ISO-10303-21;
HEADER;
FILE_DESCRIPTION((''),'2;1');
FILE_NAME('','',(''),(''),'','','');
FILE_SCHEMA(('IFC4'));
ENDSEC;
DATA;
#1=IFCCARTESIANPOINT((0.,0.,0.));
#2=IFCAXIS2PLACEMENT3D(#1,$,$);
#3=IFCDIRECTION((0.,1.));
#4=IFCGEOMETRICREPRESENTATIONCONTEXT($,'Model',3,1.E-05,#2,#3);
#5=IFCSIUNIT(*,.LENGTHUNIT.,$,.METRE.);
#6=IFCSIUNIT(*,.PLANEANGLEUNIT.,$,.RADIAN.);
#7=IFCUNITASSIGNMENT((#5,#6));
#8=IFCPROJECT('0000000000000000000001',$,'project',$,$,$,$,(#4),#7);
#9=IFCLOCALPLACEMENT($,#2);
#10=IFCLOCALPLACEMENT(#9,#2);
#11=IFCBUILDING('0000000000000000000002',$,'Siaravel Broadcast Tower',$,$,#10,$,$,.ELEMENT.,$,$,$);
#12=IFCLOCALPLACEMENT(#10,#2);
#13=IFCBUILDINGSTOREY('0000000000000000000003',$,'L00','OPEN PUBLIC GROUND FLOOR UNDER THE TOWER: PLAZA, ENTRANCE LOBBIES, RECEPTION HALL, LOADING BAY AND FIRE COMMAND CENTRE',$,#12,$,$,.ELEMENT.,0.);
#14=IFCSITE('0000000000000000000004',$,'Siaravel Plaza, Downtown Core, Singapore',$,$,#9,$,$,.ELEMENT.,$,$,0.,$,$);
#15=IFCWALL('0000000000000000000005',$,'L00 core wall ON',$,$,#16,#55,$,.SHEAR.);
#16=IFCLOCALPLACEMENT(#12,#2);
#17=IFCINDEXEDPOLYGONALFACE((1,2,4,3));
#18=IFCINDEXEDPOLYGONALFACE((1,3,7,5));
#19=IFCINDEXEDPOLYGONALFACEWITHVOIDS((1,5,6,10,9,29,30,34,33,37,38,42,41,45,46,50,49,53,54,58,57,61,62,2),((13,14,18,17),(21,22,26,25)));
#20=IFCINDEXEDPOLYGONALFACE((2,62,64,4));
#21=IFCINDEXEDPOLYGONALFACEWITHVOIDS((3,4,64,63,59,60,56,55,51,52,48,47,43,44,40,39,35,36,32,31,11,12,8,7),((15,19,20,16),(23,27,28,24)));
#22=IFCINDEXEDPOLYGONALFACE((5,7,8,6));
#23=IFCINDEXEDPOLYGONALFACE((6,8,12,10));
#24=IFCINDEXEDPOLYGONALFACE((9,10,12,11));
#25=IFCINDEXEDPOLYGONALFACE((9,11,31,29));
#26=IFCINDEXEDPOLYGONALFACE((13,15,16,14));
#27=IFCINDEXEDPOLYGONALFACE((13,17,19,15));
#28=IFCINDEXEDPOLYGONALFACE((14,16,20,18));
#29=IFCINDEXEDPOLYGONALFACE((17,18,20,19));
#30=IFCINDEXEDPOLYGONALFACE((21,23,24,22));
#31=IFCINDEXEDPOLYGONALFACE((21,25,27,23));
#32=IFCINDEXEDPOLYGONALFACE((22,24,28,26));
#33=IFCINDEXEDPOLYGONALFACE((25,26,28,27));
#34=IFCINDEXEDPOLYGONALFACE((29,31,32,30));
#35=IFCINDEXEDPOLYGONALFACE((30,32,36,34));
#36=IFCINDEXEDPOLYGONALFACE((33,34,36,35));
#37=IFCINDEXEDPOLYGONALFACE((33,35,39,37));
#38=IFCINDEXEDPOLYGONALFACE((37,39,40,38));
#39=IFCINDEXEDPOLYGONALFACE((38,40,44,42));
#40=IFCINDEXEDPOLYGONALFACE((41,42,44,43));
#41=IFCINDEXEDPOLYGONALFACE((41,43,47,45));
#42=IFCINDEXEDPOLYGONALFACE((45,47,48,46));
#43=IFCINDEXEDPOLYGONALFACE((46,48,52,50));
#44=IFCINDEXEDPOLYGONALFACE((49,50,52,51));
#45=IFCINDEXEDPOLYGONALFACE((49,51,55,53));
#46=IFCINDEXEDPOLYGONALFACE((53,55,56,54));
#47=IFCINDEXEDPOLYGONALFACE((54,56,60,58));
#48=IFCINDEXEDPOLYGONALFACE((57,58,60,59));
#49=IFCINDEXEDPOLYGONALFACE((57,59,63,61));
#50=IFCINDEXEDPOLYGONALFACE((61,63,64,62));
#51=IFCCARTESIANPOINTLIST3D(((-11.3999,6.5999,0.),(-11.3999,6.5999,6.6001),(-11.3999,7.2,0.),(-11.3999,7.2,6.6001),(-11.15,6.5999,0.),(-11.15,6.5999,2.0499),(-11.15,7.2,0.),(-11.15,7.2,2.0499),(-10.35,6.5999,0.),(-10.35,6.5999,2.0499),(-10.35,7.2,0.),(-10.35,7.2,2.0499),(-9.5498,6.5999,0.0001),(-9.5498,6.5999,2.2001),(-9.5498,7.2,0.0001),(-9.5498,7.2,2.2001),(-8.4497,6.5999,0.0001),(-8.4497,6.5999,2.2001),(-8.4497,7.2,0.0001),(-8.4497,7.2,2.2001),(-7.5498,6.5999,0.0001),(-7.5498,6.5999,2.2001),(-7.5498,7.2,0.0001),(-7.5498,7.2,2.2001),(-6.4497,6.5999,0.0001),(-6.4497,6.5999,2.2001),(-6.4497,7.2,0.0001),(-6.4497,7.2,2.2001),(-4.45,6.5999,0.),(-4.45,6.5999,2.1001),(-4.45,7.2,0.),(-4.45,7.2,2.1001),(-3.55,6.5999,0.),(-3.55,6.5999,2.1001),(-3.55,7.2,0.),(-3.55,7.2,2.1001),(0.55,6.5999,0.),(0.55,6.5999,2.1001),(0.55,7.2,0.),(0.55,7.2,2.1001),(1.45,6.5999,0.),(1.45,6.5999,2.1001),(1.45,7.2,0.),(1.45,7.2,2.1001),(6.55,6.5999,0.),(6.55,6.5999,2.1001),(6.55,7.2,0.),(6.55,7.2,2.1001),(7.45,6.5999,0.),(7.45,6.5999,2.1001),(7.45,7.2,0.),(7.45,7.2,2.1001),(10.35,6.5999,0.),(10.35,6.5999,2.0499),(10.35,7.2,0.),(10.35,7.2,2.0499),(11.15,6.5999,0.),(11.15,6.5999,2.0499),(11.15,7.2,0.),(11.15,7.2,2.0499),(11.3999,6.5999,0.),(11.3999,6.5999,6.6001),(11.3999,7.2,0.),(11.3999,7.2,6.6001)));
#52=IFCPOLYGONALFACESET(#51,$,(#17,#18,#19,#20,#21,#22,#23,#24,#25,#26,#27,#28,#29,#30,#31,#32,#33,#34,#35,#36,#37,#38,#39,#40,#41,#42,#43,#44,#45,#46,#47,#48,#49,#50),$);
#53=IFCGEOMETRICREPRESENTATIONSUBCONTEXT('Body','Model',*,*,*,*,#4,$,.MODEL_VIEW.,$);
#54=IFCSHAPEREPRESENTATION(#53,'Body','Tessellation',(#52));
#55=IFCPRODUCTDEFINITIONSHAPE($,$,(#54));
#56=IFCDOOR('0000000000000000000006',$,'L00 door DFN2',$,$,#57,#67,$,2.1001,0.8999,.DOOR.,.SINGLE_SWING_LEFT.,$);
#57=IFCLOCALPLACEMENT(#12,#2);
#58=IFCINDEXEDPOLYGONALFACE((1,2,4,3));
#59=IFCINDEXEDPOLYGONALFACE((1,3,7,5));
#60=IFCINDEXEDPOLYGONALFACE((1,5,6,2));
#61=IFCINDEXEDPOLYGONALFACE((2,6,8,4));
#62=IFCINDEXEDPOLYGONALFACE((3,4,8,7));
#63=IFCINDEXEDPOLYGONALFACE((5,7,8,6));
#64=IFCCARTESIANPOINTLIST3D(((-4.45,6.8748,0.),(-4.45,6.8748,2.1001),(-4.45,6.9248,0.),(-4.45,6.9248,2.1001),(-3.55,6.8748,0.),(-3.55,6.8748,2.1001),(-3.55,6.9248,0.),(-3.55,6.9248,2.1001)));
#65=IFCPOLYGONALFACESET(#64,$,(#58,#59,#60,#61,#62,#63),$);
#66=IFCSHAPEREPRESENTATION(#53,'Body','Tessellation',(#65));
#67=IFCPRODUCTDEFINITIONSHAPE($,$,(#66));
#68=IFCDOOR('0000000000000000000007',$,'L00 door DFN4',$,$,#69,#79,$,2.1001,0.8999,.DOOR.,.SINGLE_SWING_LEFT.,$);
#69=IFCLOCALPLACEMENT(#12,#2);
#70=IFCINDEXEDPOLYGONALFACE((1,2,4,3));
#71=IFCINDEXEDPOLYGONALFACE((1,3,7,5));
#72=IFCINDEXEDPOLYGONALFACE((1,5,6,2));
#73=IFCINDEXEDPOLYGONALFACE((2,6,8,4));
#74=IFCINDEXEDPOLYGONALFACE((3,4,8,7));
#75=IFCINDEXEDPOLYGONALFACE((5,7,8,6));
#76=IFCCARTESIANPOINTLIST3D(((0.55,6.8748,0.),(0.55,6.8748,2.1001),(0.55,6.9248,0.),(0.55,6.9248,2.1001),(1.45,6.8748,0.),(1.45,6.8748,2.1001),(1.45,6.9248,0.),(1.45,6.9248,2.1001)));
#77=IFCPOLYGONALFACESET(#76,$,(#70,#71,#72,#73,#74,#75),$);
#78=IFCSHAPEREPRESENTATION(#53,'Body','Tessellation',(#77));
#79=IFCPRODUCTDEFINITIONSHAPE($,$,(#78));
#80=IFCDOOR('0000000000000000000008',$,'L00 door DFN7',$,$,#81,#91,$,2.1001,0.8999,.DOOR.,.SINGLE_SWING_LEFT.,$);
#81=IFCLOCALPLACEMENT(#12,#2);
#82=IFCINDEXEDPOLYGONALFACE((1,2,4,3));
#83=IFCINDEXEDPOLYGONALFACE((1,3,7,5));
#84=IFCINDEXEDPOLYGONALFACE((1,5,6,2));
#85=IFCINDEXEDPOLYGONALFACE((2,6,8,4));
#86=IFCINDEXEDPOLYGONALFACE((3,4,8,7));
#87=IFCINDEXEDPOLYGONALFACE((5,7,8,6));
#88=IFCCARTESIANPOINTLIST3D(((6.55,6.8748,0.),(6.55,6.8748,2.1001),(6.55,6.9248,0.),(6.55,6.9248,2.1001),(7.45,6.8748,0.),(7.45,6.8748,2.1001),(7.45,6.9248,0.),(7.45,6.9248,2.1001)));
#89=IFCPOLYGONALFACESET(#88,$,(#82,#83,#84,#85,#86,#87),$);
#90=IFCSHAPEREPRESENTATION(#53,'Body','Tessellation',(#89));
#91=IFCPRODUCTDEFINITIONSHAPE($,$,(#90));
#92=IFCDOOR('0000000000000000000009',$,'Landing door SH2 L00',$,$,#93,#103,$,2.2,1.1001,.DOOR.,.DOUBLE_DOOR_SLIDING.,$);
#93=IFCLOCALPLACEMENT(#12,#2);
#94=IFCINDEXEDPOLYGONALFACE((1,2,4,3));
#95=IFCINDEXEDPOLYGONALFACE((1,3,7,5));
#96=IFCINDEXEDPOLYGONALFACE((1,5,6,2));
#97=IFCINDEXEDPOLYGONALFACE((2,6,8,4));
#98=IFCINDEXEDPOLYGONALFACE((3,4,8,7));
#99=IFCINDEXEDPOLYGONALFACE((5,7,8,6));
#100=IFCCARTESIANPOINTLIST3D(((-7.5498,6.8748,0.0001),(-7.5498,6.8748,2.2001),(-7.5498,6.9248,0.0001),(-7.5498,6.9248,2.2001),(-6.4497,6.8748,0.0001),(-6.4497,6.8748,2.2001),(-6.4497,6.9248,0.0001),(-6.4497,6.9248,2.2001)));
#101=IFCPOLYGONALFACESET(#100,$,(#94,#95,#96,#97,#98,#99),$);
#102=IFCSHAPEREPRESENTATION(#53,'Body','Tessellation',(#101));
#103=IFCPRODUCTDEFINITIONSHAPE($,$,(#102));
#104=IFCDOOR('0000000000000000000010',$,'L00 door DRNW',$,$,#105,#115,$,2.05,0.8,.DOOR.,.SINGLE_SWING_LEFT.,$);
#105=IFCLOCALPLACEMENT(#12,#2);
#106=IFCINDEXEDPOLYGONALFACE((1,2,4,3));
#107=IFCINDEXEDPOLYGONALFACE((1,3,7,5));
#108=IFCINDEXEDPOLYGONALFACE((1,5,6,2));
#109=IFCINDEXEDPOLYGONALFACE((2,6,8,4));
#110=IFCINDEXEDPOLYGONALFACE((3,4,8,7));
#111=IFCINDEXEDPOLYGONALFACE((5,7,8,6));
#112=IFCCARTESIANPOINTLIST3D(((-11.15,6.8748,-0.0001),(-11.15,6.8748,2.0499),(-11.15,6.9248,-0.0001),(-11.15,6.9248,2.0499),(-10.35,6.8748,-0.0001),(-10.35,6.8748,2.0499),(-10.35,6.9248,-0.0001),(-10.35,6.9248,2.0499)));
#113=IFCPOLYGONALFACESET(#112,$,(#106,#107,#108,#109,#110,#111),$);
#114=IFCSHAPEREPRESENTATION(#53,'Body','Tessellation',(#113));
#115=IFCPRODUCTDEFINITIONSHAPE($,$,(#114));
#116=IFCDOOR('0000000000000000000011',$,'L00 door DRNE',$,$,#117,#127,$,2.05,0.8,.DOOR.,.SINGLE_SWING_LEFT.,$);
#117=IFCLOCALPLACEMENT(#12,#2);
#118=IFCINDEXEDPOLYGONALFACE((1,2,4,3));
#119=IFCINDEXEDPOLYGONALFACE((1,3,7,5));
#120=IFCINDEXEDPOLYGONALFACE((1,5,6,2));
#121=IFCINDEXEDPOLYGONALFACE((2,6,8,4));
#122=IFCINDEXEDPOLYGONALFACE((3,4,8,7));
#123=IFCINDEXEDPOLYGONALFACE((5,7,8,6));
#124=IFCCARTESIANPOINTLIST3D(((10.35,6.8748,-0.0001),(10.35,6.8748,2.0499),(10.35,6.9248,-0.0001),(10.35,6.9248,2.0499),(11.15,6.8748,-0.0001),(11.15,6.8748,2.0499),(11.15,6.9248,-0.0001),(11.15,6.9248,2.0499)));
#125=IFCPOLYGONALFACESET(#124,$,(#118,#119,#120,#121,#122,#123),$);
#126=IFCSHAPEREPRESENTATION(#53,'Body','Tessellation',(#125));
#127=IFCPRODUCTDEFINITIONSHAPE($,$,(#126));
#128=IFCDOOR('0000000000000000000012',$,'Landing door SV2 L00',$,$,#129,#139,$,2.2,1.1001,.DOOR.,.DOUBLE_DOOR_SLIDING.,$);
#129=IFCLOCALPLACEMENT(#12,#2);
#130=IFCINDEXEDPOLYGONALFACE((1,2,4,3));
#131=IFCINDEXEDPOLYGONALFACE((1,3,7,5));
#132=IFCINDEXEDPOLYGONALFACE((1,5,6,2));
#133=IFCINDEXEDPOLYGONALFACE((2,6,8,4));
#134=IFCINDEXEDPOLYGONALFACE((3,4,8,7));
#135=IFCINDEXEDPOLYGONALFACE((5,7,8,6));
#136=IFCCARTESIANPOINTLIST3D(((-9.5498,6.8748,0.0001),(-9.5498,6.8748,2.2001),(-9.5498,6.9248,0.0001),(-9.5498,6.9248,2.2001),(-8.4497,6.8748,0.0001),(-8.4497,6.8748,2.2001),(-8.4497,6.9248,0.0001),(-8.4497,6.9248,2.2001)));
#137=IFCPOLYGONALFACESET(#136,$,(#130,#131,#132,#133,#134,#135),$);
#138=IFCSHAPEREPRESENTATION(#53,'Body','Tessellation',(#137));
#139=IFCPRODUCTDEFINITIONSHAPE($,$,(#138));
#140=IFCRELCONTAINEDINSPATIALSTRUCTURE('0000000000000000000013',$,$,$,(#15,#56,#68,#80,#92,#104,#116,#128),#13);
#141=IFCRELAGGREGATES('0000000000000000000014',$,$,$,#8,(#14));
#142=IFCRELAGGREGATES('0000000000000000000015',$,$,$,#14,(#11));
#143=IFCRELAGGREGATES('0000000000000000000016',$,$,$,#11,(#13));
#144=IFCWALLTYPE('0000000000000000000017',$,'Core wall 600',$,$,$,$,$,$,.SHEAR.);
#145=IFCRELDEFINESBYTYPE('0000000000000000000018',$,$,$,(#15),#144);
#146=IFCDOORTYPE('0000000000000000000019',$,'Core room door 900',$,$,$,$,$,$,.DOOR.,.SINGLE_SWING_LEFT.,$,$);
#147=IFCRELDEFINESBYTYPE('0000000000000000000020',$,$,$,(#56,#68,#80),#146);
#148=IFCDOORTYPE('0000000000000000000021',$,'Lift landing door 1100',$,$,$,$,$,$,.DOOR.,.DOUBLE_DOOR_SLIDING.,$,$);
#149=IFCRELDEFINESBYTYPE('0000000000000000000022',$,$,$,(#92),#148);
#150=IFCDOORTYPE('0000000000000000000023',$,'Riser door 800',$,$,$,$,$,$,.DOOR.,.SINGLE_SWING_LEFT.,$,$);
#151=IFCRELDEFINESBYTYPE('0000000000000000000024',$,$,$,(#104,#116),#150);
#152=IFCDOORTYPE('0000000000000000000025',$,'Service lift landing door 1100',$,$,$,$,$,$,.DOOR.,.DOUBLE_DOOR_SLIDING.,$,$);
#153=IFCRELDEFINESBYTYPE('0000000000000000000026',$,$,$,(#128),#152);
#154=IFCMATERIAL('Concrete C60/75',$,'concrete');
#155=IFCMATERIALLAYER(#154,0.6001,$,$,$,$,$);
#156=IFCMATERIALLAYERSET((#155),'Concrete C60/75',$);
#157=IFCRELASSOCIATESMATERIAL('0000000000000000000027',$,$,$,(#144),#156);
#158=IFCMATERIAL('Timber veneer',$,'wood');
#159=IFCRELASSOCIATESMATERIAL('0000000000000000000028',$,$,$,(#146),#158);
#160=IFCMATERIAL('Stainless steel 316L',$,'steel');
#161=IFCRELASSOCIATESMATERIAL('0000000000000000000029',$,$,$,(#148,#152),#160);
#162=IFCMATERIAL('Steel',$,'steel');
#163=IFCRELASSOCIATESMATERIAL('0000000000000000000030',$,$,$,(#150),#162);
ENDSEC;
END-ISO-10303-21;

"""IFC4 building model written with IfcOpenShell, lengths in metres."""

from ifc_helpers import new_model, si_unit, direction, frame, frame_2d, origin, place, context, subcontext, project, spatial, rectangle, extrude, material, layer, layer_set, type_object, element, fill, save


model = new_model("IFC4")

# Units and contexts
model_context = context("Model", 3, precision=1e-05, world=origin(), true_north=direction((0.0, 1.0)))
body_context = subcontext(model_context, "Body", "Model", "MODEL_VIEW")
ifc_project = project(units=[si_unit("LENGTHUNIT", "METRE"), si_unit("PLANEANGLEUNIT", "RADIAN")], contexts=[model_context])

# Site, building, storey
site_placement = place(None, origin())
site = spatial("IfcSite", under=ifc_project, at=site_placement, Name="Siaravel Plaza, Downtown Core, Singapore", CompositionType="ELEMENT", RefElevation=0.0)
building_placement = place(site_placement, origin())
building = spatial("IfcBuilding", under=site, at=building_placement, Name="Siaravel Broadcast Tower", CompositionType="ELEMENT")
storey_placement = place(building_placement, origin())
storey = spatial("IfcBuildingStorey", under=building, at=storey_placement, Name="L00", Description="OPEN PUBLIC GROUND FLOOR UNDER THE TOWER: PLAZA, ENTRANCE LOBBIES, RECEPTION HALL, LOADING BAY AND FIRE COMMAND CENTRE", CompositionType="ELEMENT", Elevation=0.0)

# Wall, openings, doors
ifc_material_1 = material(Name="Concrete C60/75", Category="concrete")
ifc_layer_1 = layer(ifc_material_1, 0.6001)
ifc_layer_set_1 = layer_set([ifc_layer_1], Name="Concrete C60/75")
wall_type_1 = type_object("IfcWallType", Name="Core wall 600", PredefinedType="SHEAR", material=ifc_layer_set_1)
wall_1_placement = place(storey_placement, frame((-11.3999, 6.8999, 0.0), z_axis=(0.0, 0.0, 1.0), x_axis=(1.0, 0.0, 0.0)))
wall_1 = element("IfcWall", 1, at=wall_1_placement, inside=storey, type_object=wall_type_1, Name="L00 core wall ON", PredefinedType="SHEAR", context=body_context, shape_type="SweptSolid", body=[
    extrude(rectangle(XDim=22.7998, YDim=0.6001, at=frame_2d((11.3999, 0.0))), origin(), (0.0, 0.0, 1.0), 6.6001),
])
opening_1_placement = place(wall_1_placement, frame((1.8501, 0.0, 0.0)))
opening_1 = element("IfcOpeningElement", 2, at=opening_1_placement, cuts=wall_1, PredefinedType="OPENING", context=body_context, shape_type="SweptSolid", body=[
    extrude(rectangle(XDim=1.1001, YDim=2.2, at=frame_2d((0.55, 1.1001))), frame((0.0, 0.3101, 0.0), z_axis=(0.0, -1.0, 0.0), x_axis=(1.0, 0.0, 0.0)), (0.0, 0.0, 1.0), 0.6201),
])
opening_2_placement = place(wall_1_placement, frame((3.8501, 0.0, 0.0)))
opening_2 = element("IfcOpeningElement", 3, at=opening_2_placement, cuts=wall_1, PredefinedType="OPENING", context=body_context, shape_type="SweptSolid", body=[
    extrude(rectangle(XDim=1.1001, YDim=2.2, at=frame_2d((0.55, 1.1001))), frame((0.0, 0.3101, 0.0), z_axis=(0.0, -1.0, 0.0), x_axis=(1.0, 0.0, 0.0)), (0.0, 0.0, 1.0), 0.6201),
])
opening_3_placement = place(wall_1_placement, frame((6.95, 0.0, 0.0)))
opening_3 = element("IfcOpeningElement", 4, at=opening_3_placement, cuts=wall_1, PredefinedType="OPENING", context=body_context, shape_type="SweptSolid", body=[
    extrude(rectangle(XDim=0.8999, YDim=2.1001, at=frame_2d((0.45, 1.05))), frame((0.0, 0.3101, 0.0), z_axis=(0.0, -1.0, 0.0), x_axis=(1.0, 0.0, 0.0)), (0.0, 0.0, 1.0), 0.6201),
])
opening_4_placement = place(wall_1_placement, frame((11.95, 0.0, 0.0)))
opening_4 = element("IfcOpeningElement", 5, at=opening_4_placement, cuts=wall_1, PredefinedType="OPENING", context=body_context, shape_type="SweptSolid", body=[
    extrude(rectangle(XDim=0.8999, YDim=2.1001, at=frame_2d((0.45, 1.05))), frame((0.0, 0.3101, 0.0), z_axis=(0.0, -1.0, 0.0), x_axis=(1.0, 0.0, 0.0)), (0.0, 0.0, 1.0), 0.6201),
])
opening_5_placement = place(wall_1_placement, frame((17.95, 0.0, 0.0)))
opening_5 = element("IfcOpeningElement", 6, at=opening_5_placement, cuts=wall_1, PredefinedType="OPENING", context=body_context, shape_type="SweptSolid", body=[
    extrude(rectangle(XDim=0.8999, YDim=2.1001, at=frame_2d((0.45, 1.05))), frame((0.0, 0.3101, 0.0), z_axis=(0.0, -1.0, 0.0), x_axis=(1.0, 0.0, 0.0)), (0.0, 0.0, 1.0), 0.6201),
])
opening_6_placement = place(wall_1_placement, frame((0.25, 0.0, 0.0)))
opening_6 = element("IfcOpeningElement", 7, at=opening_6_placement, cuts=wall_1, PredefinedType="OPENING", context=body_context, shape_type="SweptSolid", body=[
    extrude(rectangle(XDim=0.8, YDim=2.05, at=frame_2d((0.3999, 1.0249))), frame((0.0, 0.3101, 0.0), z_axis=(0.0, -1.0, 0.0), x_axis=(1.0, 0.0, 0.0)), (0.0, 0.0, 1.0), 0.6201),
])
opening_7_placement = place(wall_1_placement, frame((21.75, 0.0, 0.0)))
opening_7 = element("IfcOpeningElement", 8, at=opening_7_placement, cuts=wall_1, PredefinedType="OPENING", context=body_context, shape_type="SweptSolid", body=[
    extrude(rectangle(XDim=0.8, YDim=2.05, at=frame_2d((0.3999, 1.0249))), frame((0.0, 0.3101, 0.0), z_axis=(0.0, -1.0, 0.0), x_axis=(1.0, 0.0, 0.0)), (0.0, 0.0, 1.0), 0.6201),
])
ifc_material_2 = material(Name="Timber veneer", Category="wood")
door_type_1 = type_object("IfcDoorType", Name="Core room door 900", OperationType="SINGLE_SWING_LEFT", PredefinedType="DOOR", material=ifc_material_2)
door_1_placement = place(opening_3_placement, origin())
door_1 = element("IfcDoor", 9, at=door_1_placement, inside=storey, type_object=door_type_1, Name="L00 door DFN2", OperationType="SINGLE_SWING_LEFT", OverallHeight=2.1001, OverallWidth=0.8999, PredefinedType="DOOR", context=body_context, shape_type="SweptSolid", body=[
    extrude(rectangle(XDim=0.8999, YDim=2.1001, at=frame_2d((0.45, 1.05))), frame((0.0, 0.0249, 0.0), z_axis=(0.0, -1.0, 0.0), x_axis=(1.0, 0.0, 0.0)), (0.0, 0.0, 1.0), 0.05),
])
fill(opening_3, door_1)
door_2_placement = place(opening_4_placement, origin())
door_2 = element("IfcDoor", 10, at=door_2_placement, inside=storey, type_object=door_type_1, Name="L00 door DFN4", OperationType="SINGLE_SWING_LEFT", OverallHeight=2.1001, OverallWidth=0.8999, PredefinedType="DOOR", context=body_context, shape_type="SweptSolid", body=[
    extrude(rectangle(XDim=0.8999, YDim=2.1001, at=frame_2d((0.45, 1.05))), frame((0.0, 0.0249, 0.0), z_axis=(0.0, -1.0, 0.0), x_axis=(1.0, 0.0, 0.0)), (0.0, 0.0, 1.0), 0.05),
])
fill(opening_4, door_2)
door_3_placement = place(opening_5_placement, origin())
door_3 = element("IfcDoor", 11, at=door_3_placement, inside=storey, type_object=door_type_1, Name="L00 door DFN7", OperationType="SINGLE_SWING_LEFT", OverallHeight=2.1001, OverallWidth=0.8999, PredefinedType="DOOR", context=body_context, shape_type="SweptSolid", body=[
    extrude(rectangle(XDim=0.8999, YDim=2.1001, at=frame_2d((0.45, 1.05))), frame((0.0, 0.0249, 0.0), z_axis=(0.0, -1.0, 0.0), x_axis=(1.0, 0.0, 0.0)), (0.0, 0.0, 1.0), 0.05),
])
fill(opening_5, door_3)
ifc_material_3 = material(Name="Stainless steel 316L", Category="steel")
door_type_2 = type_object("IfcDoorType", Name="Lift landing door 1100", OperationType="DOUBLE_DOOR_SLIDING", PredefinedType="DOOR", material=ifc_material_3)
door_4_placement = place(opening_2_placement, origin())
door_4 = element("IfcDoor", 12, at=door_4_placement, inside=storey, type_object=door_type_2, Name="Landing door SH2 L00", OperationType="DOUBLE_DOOR_SLIDING", OverallHeight=2.2, OverallWidth=1.1001, PredefinedType="DOOR", context=body_context, shape_type="SweptSolid", body=[
    extrude(rectangle(XDim=1.1001, YDim=2.2, at=frame_2d((0.55, 1.1001))), frame((0.0, 0.0249, 0.0), z_axis=(0.0, -1.0, 0.0), x_axis=(1.0, 0.0, 0.0)), (0.0, 0.0, 1.0), 0.05),
])
fill(opening_2, door_4)
ifc_material_4 = material(Name="Steel", Category="steel")
door_type_3 = type_object("IfcDoorType", Name="Riser door 800", OperationType="SINGLE_SWING_LEFT", PredefinedType="DOOR", material=ifc_material_4)
door_5_placement = place(opening_6_placement, origin())
door_5 = element("IfcDoor", 13, at=door_5_placement, inside=storey, type_object=door_type_3, Name="L00 door DRNW", OperationType="SINGLE_SWING_LEFT", OverallHeight=2.05, OverallWidth=0.8, PredefinedType="DOOR", context=body_context, shape_type="SweptSolid", body=[
    extrude(rectangle(XDim=0.8, YDim=2.05, at=frame_2d((0.3999, 1.0249))), frame((0.0, 0.0249, 0.0), z_axis=(0.0, -1.0, 0.0), x_axis=(1.0, 0.0, 0.0)), (0.0, 0.0, 1.0), 0.05),
])
fill(opening_6, door_5)
door_6_placement = place(opening_7_placement, origin())
door_6 = element("IfcDoor", 14, at=door_6_placement, inside=storey, type_object=door_type_3, Name="L00 door DRNE", OperationType="SINGLE_SWING_LEFT", OverallHeight=2.05, OverallWidth=0.8, PredefinedType="DOOR", context=body_context, shape_type="SweptSolid", body=[
    extrude(rectangle(XDim=0.8, YDim=2.05, at=frame_2d((0.3999, 1.0249))), frame((0.0, 0.0249, 0.0), z_axis=(0.0, -1.0, 0.0), x_axis=(1.0, 0.0, 0.0)), (0.0, 0.0, 1.0), 0.05),
])
fill(opening_7, door_6)
door_type_4 = type_object("IfcDoorType", Name="Service lift landing door 1100", OperationType="DOUBLE_DOOR_SLIDING", PredefinedType="DOOR", material=ifc_material_3)
door_7_placement = place(opening_1_placement, origin())
door_7 = element("IfcDoor", 15, at=door_7_placement, inside=storey, type_object=door_type_4, Name="Landing door SV2 L00", OperationType="DOUBLE_DOOR_SLIDING", OverallHeight=2.2, OverallWidth=1.1001, PredefinedType="DOOR", context=body_context, shape_type="SweptSolid", body=[
    extrude(rectangle(XDim=1.1001, YDim=2.2, at=frame_2d((0.55, 1.1001))), frame((0.0, 0.0249, 0.0), z_axis=(0.0, -1.0, 0.0), x_axis=(1.0, 0.0, 0.0)), (0.0, 0.0, 1.0), 0.05),
])
fill(opening_1, door_7)

save(model, "model.ifc")
